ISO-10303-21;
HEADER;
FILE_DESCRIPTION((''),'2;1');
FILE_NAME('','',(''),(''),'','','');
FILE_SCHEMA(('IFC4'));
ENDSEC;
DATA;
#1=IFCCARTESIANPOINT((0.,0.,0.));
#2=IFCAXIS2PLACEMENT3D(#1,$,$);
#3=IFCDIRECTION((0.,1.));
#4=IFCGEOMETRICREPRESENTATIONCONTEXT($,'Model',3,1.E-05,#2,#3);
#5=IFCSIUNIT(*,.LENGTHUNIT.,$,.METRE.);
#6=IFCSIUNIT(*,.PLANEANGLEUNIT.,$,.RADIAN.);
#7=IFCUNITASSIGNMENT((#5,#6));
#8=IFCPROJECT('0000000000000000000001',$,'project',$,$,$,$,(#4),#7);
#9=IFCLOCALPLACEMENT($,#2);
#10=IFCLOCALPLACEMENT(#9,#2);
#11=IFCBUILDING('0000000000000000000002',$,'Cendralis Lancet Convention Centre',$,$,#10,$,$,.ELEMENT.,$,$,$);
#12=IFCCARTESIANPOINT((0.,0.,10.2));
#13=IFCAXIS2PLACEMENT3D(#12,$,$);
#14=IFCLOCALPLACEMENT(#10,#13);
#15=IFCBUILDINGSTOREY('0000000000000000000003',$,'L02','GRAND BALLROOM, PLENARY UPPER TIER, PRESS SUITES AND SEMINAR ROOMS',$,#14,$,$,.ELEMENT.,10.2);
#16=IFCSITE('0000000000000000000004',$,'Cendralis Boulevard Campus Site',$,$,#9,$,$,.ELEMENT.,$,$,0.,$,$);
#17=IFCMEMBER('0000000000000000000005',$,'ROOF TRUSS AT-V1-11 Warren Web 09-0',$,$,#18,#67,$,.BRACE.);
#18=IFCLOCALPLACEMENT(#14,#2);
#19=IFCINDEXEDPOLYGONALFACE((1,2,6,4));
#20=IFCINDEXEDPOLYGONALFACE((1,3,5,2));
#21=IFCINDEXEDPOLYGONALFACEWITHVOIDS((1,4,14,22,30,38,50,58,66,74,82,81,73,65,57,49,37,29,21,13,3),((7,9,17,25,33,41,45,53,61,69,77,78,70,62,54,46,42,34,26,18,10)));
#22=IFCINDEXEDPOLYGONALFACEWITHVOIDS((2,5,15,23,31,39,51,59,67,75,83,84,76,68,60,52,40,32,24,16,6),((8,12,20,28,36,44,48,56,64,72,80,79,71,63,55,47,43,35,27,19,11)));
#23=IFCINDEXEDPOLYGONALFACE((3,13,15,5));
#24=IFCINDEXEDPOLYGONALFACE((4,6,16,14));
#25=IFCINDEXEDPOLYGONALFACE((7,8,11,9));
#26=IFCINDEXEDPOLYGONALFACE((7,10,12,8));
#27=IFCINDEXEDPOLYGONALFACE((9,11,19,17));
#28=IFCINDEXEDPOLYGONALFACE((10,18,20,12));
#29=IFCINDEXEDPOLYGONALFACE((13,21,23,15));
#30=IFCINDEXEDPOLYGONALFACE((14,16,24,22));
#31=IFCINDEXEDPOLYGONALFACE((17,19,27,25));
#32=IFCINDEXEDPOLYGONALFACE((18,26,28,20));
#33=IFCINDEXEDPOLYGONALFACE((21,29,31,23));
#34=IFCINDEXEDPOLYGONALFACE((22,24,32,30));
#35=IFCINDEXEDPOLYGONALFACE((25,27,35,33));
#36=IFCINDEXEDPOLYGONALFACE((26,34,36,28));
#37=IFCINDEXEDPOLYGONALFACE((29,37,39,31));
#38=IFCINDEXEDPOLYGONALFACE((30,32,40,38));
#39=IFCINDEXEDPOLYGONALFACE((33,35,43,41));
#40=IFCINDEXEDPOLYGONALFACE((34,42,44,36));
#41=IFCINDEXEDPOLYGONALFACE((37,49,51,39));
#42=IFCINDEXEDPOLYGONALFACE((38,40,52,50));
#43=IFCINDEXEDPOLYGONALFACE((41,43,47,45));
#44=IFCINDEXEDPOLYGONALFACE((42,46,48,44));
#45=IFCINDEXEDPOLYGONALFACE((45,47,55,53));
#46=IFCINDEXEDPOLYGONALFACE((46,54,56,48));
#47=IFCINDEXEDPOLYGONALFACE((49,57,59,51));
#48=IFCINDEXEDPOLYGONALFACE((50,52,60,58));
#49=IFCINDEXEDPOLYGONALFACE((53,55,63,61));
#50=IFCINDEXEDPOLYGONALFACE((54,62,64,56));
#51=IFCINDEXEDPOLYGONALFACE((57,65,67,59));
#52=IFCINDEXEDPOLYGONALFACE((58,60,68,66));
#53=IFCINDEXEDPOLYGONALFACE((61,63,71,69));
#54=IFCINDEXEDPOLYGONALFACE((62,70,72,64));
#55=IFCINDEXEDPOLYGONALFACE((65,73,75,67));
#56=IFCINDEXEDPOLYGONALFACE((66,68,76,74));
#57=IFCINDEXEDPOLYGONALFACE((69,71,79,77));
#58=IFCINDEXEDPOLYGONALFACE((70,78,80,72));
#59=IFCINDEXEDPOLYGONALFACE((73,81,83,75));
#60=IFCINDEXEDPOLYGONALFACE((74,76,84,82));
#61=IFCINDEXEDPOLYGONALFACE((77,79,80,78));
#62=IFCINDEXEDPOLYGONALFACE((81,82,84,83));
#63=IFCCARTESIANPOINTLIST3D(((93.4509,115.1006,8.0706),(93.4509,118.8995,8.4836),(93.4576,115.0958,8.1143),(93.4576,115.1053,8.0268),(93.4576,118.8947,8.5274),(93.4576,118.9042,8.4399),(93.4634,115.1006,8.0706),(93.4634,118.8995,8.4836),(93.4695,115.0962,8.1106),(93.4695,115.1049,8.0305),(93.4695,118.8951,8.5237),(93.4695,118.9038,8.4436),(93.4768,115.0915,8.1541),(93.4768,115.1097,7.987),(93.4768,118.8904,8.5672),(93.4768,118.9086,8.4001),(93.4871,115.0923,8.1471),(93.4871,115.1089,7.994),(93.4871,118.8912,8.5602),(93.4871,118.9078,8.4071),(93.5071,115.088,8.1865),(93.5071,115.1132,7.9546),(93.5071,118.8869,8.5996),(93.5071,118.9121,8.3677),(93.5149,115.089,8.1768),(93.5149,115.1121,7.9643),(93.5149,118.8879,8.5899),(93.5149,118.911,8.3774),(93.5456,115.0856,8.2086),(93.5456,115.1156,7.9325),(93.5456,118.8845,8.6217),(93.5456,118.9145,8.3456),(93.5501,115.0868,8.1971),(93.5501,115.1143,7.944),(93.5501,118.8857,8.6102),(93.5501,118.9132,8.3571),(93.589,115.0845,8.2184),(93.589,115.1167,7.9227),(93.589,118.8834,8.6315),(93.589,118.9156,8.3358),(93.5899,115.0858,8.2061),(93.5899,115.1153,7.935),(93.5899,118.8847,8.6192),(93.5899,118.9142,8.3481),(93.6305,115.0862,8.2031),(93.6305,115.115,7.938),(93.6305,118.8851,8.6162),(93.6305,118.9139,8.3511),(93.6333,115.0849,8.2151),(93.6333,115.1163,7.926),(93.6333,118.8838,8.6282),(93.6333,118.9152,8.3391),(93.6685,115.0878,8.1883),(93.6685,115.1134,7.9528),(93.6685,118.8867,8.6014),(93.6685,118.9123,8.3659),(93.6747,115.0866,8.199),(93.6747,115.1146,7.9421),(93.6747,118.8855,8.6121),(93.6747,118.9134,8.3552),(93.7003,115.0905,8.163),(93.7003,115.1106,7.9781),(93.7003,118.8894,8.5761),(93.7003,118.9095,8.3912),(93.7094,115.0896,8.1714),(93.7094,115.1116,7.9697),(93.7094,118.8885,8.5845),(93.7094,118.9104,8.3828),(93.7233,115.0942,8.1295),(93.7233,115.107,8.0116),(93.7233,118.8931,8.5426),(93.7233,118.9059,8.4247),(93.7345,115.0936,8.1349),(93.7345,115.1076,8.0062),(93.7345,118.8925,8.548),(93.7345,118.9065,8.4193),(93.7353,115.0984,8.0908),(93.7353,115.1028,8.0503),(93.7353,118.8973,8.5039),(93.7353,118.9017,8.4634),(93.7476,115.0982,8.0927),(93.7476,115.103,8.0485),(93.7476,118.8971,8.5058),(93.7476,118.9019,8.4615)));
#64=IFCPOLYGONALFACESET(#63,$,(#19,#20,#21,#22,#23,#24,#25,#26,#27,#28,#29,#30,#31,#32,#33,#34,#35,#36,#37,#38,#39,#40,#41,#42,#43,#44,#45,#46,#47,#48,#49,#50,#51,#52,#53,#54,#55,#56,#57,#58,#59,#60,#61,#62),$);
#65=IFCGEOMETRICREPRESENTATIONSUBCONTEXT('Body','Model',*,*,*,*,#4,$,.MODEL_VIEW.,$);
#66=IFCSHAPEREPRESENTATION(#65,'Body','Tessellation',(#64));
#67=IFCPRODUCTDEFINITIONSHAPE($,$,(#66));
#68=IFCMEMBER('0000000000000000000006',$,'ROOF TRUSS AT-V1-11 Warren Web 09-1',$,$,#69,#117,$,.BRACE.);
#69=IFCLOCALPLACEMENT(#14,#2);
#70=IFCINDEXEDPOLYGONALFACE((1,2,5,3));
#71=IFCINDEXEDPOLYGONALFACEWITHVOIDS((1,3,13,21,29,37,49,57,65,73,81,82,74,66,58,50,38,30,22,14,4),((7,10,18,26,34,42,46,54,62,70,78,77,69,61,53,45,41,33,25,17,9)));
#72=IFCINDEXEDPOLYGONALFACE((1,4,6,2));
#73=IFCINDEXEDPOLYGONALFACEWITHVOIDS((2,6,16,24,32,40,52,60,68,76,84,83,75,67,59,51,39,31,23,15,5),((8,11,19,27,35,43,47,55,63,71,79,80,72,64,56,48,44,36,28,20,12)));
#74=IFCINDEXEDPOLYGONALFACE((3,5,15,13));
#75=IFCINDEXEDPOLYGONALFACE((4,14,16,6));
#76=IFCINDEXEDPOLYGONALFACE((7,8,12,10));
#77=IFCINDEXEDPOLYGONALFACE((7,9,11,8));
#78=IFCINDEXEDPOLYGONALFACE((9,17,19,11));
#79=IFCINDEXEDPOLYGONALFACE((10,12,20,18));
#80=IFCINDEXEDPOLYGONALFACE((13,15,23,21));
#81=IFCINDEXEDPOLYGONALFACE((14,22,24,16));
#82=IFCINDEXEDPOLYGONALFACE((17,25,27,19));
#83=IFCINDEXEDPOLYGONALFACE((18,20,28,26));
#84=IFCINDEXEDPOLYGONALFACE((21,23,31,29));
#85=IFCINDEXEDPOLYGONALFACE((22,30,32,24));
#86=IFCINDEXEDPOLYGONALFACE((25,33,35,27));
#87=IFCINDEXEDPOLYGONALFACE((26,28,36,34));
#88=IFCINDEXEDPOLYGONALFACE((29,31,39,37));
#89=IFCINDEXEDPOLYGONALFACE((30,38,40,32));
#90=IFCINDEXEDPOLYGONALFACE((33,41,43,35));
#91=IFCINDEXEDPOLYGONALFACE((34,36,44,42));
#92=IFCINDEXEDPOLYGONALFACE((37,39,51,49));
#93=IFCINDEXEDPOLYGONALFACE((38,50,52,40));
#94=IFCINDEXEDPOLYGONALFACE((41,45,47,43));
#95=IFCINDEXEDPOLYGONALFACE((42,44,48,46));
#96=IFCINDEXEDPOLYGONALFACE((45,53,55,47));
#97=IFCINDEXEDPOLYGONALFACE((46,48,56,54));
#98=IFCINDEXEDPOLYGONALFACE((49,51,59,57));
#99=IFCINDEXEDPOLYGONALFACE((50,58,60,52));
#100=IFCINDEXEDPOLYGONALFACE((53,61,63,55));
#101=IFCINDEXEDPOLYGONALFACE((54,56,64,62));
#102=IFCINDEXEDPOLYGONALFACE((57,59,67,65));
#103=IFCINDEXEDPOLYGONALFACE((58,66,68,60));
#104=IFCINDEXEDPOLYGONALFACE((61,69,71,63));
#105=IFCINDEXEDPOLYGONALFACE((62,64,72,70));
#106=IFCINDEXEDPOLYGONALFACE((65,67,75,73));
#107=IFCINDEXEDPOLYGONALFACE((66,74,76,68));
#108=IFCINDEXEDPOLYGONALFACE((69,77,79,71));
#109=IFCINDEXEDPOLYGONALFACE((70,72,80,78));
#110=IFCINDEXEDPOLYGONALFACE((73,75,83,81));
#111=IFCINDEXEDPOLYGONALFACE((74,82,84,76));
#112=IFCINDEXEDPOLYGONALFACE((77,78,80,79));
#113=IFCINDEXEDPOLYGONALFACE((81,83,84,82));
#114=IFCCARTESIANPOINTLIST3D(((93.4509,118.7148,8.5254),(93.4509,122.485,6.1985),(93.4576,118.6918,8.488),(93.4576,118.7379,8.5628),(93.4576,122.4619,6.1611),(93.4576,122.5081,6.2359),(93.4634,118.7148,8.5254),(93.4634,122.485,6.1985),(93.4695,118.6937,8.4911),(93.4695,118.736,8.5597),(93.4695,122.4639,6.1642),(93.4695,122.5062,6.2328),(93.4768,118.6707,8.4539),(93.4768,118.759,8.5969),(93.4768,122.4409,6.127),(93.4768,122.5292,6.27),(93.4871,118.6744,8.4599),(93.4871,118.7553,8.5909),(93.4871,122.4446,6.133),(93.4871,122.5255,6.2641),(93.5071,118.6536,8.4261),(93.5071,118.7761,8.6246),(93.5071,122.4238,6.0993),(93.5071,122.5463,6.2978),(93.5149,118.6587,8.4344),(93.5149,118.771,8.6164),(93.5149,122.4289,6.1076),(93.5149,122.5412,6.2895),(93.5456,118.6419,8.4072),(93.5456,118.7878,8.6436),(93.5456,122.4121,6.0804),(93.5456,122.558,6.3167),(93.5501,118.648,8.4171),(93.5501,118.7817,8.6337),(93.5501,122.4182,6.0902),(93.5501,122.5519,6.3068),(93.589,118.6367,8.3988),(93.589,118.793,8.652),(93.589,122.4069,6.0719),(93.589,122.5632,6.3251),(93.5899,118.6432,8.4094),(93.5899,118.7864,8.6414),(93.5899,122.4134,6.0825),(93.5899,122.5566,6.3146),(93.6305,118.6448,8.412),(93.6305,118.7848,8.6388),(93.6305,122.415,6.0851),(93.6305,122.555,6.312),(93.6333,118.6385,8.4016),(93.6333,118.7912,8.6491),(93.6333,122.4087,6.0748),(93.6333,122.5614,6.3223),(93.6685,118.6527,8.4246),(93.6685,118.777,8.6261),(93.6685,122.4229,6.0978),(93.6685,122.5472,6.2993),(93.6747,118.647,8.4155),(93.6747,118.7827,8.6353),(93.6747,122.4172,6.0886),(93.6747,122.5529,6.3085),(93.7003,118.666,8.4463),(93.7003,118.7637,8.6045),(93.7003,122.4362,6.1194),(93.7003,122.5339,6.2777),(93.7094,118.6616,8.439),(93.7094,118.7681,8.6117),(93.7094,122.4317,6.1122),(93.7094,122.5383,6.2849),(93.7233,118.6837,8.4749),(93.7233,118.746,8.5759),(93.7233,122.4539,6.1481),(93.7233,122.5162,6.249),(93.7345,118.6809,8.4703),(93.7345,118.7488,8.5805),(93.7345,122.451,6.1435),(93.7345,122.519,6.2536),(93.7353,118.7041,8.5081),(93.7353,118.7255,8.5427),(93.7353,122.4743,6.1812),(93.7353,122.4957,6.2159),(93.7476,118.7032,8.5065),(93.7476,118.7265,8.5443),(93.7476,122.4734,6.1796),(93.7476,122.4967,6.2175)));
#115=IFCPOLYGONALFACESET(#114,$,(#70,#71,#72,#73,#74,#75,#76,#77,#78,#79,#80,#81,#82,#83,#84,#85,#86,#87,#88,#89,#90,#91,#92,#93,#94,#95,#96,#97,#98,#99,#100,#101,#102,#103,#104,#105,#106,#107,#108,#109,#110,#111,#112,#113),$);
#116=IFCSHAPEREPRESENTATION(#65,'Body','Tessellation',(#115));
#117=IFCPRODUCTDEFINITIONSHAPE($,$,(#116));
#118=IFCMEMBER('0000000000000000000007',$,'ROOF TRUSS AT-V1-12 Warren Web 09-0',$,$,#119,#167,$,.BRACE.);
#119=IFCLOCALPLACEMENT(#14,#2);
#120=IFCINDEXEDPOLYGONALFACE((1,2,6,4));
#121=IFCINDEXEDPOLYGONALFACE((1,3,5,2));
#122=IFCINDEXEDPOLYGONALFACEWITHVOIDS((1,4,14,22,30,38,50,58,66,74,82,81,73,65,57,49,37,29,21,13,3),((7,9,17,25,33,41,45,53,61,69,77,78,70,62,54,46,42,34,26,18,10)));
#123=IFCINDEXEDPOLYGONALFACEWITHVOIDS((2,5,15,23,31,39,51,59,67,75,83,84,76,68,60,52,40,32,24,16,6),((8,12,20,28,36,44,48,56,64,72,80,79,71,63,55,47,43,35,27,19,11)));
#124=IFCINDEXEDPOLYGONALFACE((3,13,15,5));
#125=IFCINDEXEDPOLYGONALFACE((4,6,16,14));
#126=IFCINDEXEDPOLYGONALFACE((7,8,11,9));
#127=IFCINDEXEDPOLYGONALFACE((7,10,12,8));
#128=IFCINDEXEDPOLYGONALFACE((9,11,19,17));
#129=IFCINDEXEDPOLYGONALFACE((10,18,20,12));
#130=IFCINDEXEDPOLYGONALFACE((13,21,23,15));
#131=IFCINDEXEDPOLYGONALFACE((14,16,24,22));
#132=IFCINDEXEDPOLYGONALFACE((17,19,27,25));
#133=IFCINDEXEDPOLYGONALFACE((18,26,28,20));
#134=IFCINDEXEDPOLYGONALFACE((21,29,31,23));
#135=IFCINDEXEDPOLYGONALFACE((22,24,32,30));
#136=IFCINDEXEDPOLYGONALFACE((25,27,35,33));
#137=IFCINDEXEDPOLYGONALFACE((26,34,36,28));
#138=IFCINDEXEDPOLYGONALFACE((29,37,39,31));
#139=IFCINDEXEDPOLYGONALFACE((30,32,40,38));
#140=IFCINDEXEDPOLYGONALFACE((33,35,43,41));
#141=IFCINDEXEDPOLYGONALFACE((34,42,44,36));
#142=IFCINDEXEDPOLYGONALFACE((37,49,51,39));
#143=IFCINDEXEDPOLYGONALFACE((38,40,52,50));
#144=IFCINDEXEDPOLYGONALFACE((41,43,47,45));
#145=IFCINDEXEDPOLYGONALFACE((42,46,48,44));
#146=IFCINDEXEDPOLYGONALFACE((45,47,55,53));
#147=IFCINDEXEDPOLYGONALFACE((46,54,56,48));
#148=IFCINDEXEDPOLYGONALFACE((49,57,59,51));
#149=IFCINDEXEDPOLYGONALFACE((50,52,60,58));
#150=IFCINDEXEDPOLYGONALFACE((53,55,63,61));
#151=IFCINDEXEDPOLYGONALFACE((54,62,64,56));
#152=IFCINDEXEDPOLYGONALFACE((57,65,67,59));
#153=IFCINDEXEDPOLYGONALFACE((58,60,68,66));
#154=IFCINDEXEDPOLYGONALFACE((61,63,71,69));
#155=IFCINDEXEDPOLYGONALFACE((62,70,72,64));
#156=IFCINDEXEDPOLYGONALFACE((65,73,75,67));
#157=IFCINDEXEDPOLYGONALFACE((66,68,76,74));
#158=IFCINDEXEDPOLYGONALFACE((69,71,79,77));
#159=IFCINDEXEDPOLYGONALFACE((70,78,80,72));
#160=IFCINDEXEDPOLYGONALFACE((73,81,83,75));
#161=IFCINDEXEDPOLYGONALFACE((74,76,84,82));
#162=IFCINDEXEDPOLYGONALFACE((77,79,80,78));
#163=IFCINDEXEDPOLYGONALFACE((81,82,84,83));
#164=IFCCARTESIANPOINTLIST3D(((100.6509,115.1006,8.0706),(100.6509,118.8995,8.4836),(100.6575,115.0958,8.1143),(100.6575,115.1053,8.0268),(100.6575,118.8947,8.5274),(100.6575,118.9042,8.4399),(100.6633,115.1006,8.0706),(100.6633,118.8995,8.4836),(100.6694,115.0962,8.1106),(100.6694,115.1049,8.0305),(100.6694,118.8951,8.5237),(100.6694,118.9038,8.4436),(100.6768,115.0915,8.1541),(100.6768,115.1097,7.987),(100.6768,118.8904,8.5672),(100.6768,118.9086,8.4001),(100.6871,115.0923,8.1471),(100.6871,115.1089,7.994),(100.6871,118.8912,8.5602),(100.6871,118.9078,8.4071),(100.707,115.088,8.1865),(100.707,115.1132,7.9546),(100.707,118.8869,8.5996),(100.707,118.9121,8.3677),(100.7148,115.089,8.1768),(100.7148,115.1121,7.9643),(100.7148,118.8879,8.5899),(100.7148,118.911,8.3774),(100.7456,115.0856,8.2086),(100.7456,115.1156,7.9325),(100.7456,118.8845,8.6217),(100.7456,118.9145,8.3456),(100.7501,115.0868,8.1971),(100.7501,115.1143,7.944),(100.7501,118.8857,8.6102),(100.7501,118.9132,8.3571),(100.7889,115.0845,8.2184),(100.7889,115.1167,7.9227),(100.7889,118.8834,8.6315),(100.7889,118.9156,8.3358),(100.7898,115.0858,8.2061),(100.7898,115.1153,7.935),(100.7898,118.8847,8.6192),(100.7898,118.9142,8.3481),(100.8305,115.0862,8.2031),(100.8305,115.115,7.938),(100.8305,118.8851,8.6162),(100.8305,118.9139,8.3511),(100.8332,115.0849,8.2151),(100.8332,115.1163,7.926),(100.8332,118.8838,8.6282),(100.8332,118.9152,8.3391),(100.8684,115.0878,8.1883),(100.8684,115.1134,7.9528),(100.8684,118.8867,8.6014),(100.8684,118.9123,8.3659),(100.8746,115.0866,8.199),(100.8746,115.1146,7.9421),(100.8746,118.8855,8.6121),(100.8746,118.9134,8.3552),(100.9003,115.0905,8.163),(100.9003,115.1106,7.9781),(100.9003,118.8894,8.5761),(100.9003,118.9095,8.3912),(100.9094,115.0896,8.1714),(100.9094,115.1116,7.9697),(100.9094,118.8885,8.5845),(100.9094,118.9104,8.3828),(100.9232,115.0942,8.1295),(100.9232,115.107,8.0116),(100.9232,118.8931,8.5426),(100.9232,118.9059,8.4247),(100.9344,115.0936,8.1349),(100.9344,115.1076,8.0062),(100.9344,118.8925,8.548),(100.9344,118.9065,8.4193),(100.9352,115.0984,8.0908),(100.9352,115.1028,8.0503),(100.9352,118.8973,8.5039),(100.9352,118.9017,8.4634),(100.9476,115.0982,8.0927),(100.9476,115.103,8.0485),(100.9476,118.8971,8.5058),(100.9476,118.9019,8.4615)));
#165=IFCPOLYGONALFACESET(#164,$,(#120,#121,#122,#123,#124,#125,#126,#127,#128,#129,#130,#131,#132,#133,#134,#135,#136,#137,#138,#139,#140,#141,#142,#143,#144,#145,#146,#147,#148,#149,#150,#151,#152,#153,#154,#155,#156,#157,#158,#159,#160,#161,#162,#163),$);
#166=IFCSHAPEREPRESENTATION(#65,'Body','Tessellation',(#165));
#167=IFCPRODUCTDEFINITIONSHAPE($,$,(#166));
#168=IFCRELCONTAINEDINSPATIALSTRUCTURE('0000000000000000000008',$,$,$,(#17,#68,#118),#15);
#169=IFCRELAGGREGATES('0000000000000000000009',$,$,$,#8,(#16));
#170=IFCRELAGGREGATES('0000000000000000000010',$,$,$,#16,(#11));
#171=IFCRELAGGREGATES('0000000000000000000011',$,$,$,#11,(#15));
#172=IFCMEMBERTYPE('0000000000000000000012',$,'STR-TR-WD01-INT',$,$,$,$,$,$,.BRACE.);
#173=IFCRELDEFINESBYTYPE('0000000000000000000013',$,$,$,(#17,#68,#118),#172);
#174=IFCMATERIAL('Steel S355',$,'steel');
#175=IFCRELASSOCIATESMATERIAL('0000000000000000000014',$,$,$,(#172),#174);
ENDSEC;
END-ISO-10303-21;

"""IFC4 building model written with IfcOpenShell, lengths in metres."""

from ifc_helpers import new_model, si_unit, direction, frame, origin, origin_2d, place, context, subcontext, project, spatial, hollow_circle, extrude, material, material_profile, profile_set, type_object, element, save


model = new_model("IFC4")

# Units and contexts
model_context = context("Model", 3, precision=1e-05, world=origin(), true_north=direction((0.0, 1.0)))
body_context = subcontext(model_context, "Body", "Model", "MODEL_VIEW")
ifc_project = project(units=[si_unit("LENGTHUNIT", "METRE"), si_unit("PLANEANGLEUNIT", "RADIAN")], contexts=[model_context])

# Site, building, storey
site_placement = place(None, origin())
site = spatial("IfcSite", under=ifc_project, at=site_placement, Name="Cendralis Boulevard Campus Site", CompositionType="ELEMENT", RefElevation=0.0)
building_placement = place(site_placement, origin())
building = spatial("IfcBuilding", under=site, at=building_placement, Name="Cendralis Lancet Convention Centre", CompositionType="ELEMENT")
storey_placement = place(building_placement, frame((0.0, 0.0, 10.2)))
storey = spatial("IfcBuildingStorey", under=building, at=storey_placement, Name="L02", Description="GRAND BALLROOM, PLENARY UPPER TIER, PRESS SUITES AND SEMINAR ROOMS", CompositionType="ELEMENT", Elevation=10.2)

# Members
ifc_material = material(Name="Steel S355", Category="steel")
ifc_material_profile_1 = material_profile(ifc_material, hollow_circle(Radius=0.1492, WallThickness=0.0125, at=origin_2d()), Name="CHS 298.5x12.5")
ifc_profile_set_1 = profile_set([ifc_material_profile_1], Name="Steel S355")
member_type_1 = type_object("IfcMemberType", Name="STR-TR-WD01-INT", PredefinedType="BRACE", material=ifc_profile_set_1)
member_1_placement = place(storey_placement, frame((93.6001, 115.1006, 8.0706), z_axis=(0.0, 0.99414, 0.108103), x_axis=(-1.0, 0.0, 0.0)))
element("IfcMember", 1, at=member_1_placement, inside=storey, type_object=member_type_1, Name="ROOF TRUSS AT-V1-11 Warren Web 09-0", PredefinedType="BRACE", context=body_context, shape_type="SweptSolid", body=[
    extrude(hollow_circle(Radius=0.1492, WallThickness=0.0125, at=origin_2d()), origin(), (0.0, 0.0, 1.0), 3.8213),
])
member_2_placement = place(storey_placement, frame((93.6001, 118.7148, 8.5254), z_axis=(0.0, 0.850978, -0.525201), x_axis=(-1.0, 0.0, 0.0)))
element("IfcMember", 2, at=member_2_placement, inside=storey, type_object=member_type_1, Name="ROOF TRUSS AT-V1-11 Warren Web 09-1", PredefinedType="BRACE", context=body_context, shape_type="SweptSolid", body=[
    extrude(hollow_circle(Radius=0.1492, WallThickness=0.0125, at=origin_2d()), origin(), (0.0, 0.0, 1.0), 4.4304),
])
member_3_placement = place(storey_placement, frame((100.8, 115.1006, 8.0706), z_axis=(0.0, 0.99414, 0.108103), x_axis=(-1.0, 0.0, 0.0)))
element("IfcMember", 3, at=member_3_placement, inside=storey, type_object=member_type_1, Name="ROOF TRUSS AT-V1-12 Warren Web 09-0", PredefinedType="BRACE", context=body_context, shape_type="SweptSolid", body=[
    extrude(hollow_circle(Radius=0.1492, WallThickness=0.0125, at=origin_2d()), origin(), (0.0, 0.0, 1.0), 3.8213),
])

save(model, "model.ifc")
